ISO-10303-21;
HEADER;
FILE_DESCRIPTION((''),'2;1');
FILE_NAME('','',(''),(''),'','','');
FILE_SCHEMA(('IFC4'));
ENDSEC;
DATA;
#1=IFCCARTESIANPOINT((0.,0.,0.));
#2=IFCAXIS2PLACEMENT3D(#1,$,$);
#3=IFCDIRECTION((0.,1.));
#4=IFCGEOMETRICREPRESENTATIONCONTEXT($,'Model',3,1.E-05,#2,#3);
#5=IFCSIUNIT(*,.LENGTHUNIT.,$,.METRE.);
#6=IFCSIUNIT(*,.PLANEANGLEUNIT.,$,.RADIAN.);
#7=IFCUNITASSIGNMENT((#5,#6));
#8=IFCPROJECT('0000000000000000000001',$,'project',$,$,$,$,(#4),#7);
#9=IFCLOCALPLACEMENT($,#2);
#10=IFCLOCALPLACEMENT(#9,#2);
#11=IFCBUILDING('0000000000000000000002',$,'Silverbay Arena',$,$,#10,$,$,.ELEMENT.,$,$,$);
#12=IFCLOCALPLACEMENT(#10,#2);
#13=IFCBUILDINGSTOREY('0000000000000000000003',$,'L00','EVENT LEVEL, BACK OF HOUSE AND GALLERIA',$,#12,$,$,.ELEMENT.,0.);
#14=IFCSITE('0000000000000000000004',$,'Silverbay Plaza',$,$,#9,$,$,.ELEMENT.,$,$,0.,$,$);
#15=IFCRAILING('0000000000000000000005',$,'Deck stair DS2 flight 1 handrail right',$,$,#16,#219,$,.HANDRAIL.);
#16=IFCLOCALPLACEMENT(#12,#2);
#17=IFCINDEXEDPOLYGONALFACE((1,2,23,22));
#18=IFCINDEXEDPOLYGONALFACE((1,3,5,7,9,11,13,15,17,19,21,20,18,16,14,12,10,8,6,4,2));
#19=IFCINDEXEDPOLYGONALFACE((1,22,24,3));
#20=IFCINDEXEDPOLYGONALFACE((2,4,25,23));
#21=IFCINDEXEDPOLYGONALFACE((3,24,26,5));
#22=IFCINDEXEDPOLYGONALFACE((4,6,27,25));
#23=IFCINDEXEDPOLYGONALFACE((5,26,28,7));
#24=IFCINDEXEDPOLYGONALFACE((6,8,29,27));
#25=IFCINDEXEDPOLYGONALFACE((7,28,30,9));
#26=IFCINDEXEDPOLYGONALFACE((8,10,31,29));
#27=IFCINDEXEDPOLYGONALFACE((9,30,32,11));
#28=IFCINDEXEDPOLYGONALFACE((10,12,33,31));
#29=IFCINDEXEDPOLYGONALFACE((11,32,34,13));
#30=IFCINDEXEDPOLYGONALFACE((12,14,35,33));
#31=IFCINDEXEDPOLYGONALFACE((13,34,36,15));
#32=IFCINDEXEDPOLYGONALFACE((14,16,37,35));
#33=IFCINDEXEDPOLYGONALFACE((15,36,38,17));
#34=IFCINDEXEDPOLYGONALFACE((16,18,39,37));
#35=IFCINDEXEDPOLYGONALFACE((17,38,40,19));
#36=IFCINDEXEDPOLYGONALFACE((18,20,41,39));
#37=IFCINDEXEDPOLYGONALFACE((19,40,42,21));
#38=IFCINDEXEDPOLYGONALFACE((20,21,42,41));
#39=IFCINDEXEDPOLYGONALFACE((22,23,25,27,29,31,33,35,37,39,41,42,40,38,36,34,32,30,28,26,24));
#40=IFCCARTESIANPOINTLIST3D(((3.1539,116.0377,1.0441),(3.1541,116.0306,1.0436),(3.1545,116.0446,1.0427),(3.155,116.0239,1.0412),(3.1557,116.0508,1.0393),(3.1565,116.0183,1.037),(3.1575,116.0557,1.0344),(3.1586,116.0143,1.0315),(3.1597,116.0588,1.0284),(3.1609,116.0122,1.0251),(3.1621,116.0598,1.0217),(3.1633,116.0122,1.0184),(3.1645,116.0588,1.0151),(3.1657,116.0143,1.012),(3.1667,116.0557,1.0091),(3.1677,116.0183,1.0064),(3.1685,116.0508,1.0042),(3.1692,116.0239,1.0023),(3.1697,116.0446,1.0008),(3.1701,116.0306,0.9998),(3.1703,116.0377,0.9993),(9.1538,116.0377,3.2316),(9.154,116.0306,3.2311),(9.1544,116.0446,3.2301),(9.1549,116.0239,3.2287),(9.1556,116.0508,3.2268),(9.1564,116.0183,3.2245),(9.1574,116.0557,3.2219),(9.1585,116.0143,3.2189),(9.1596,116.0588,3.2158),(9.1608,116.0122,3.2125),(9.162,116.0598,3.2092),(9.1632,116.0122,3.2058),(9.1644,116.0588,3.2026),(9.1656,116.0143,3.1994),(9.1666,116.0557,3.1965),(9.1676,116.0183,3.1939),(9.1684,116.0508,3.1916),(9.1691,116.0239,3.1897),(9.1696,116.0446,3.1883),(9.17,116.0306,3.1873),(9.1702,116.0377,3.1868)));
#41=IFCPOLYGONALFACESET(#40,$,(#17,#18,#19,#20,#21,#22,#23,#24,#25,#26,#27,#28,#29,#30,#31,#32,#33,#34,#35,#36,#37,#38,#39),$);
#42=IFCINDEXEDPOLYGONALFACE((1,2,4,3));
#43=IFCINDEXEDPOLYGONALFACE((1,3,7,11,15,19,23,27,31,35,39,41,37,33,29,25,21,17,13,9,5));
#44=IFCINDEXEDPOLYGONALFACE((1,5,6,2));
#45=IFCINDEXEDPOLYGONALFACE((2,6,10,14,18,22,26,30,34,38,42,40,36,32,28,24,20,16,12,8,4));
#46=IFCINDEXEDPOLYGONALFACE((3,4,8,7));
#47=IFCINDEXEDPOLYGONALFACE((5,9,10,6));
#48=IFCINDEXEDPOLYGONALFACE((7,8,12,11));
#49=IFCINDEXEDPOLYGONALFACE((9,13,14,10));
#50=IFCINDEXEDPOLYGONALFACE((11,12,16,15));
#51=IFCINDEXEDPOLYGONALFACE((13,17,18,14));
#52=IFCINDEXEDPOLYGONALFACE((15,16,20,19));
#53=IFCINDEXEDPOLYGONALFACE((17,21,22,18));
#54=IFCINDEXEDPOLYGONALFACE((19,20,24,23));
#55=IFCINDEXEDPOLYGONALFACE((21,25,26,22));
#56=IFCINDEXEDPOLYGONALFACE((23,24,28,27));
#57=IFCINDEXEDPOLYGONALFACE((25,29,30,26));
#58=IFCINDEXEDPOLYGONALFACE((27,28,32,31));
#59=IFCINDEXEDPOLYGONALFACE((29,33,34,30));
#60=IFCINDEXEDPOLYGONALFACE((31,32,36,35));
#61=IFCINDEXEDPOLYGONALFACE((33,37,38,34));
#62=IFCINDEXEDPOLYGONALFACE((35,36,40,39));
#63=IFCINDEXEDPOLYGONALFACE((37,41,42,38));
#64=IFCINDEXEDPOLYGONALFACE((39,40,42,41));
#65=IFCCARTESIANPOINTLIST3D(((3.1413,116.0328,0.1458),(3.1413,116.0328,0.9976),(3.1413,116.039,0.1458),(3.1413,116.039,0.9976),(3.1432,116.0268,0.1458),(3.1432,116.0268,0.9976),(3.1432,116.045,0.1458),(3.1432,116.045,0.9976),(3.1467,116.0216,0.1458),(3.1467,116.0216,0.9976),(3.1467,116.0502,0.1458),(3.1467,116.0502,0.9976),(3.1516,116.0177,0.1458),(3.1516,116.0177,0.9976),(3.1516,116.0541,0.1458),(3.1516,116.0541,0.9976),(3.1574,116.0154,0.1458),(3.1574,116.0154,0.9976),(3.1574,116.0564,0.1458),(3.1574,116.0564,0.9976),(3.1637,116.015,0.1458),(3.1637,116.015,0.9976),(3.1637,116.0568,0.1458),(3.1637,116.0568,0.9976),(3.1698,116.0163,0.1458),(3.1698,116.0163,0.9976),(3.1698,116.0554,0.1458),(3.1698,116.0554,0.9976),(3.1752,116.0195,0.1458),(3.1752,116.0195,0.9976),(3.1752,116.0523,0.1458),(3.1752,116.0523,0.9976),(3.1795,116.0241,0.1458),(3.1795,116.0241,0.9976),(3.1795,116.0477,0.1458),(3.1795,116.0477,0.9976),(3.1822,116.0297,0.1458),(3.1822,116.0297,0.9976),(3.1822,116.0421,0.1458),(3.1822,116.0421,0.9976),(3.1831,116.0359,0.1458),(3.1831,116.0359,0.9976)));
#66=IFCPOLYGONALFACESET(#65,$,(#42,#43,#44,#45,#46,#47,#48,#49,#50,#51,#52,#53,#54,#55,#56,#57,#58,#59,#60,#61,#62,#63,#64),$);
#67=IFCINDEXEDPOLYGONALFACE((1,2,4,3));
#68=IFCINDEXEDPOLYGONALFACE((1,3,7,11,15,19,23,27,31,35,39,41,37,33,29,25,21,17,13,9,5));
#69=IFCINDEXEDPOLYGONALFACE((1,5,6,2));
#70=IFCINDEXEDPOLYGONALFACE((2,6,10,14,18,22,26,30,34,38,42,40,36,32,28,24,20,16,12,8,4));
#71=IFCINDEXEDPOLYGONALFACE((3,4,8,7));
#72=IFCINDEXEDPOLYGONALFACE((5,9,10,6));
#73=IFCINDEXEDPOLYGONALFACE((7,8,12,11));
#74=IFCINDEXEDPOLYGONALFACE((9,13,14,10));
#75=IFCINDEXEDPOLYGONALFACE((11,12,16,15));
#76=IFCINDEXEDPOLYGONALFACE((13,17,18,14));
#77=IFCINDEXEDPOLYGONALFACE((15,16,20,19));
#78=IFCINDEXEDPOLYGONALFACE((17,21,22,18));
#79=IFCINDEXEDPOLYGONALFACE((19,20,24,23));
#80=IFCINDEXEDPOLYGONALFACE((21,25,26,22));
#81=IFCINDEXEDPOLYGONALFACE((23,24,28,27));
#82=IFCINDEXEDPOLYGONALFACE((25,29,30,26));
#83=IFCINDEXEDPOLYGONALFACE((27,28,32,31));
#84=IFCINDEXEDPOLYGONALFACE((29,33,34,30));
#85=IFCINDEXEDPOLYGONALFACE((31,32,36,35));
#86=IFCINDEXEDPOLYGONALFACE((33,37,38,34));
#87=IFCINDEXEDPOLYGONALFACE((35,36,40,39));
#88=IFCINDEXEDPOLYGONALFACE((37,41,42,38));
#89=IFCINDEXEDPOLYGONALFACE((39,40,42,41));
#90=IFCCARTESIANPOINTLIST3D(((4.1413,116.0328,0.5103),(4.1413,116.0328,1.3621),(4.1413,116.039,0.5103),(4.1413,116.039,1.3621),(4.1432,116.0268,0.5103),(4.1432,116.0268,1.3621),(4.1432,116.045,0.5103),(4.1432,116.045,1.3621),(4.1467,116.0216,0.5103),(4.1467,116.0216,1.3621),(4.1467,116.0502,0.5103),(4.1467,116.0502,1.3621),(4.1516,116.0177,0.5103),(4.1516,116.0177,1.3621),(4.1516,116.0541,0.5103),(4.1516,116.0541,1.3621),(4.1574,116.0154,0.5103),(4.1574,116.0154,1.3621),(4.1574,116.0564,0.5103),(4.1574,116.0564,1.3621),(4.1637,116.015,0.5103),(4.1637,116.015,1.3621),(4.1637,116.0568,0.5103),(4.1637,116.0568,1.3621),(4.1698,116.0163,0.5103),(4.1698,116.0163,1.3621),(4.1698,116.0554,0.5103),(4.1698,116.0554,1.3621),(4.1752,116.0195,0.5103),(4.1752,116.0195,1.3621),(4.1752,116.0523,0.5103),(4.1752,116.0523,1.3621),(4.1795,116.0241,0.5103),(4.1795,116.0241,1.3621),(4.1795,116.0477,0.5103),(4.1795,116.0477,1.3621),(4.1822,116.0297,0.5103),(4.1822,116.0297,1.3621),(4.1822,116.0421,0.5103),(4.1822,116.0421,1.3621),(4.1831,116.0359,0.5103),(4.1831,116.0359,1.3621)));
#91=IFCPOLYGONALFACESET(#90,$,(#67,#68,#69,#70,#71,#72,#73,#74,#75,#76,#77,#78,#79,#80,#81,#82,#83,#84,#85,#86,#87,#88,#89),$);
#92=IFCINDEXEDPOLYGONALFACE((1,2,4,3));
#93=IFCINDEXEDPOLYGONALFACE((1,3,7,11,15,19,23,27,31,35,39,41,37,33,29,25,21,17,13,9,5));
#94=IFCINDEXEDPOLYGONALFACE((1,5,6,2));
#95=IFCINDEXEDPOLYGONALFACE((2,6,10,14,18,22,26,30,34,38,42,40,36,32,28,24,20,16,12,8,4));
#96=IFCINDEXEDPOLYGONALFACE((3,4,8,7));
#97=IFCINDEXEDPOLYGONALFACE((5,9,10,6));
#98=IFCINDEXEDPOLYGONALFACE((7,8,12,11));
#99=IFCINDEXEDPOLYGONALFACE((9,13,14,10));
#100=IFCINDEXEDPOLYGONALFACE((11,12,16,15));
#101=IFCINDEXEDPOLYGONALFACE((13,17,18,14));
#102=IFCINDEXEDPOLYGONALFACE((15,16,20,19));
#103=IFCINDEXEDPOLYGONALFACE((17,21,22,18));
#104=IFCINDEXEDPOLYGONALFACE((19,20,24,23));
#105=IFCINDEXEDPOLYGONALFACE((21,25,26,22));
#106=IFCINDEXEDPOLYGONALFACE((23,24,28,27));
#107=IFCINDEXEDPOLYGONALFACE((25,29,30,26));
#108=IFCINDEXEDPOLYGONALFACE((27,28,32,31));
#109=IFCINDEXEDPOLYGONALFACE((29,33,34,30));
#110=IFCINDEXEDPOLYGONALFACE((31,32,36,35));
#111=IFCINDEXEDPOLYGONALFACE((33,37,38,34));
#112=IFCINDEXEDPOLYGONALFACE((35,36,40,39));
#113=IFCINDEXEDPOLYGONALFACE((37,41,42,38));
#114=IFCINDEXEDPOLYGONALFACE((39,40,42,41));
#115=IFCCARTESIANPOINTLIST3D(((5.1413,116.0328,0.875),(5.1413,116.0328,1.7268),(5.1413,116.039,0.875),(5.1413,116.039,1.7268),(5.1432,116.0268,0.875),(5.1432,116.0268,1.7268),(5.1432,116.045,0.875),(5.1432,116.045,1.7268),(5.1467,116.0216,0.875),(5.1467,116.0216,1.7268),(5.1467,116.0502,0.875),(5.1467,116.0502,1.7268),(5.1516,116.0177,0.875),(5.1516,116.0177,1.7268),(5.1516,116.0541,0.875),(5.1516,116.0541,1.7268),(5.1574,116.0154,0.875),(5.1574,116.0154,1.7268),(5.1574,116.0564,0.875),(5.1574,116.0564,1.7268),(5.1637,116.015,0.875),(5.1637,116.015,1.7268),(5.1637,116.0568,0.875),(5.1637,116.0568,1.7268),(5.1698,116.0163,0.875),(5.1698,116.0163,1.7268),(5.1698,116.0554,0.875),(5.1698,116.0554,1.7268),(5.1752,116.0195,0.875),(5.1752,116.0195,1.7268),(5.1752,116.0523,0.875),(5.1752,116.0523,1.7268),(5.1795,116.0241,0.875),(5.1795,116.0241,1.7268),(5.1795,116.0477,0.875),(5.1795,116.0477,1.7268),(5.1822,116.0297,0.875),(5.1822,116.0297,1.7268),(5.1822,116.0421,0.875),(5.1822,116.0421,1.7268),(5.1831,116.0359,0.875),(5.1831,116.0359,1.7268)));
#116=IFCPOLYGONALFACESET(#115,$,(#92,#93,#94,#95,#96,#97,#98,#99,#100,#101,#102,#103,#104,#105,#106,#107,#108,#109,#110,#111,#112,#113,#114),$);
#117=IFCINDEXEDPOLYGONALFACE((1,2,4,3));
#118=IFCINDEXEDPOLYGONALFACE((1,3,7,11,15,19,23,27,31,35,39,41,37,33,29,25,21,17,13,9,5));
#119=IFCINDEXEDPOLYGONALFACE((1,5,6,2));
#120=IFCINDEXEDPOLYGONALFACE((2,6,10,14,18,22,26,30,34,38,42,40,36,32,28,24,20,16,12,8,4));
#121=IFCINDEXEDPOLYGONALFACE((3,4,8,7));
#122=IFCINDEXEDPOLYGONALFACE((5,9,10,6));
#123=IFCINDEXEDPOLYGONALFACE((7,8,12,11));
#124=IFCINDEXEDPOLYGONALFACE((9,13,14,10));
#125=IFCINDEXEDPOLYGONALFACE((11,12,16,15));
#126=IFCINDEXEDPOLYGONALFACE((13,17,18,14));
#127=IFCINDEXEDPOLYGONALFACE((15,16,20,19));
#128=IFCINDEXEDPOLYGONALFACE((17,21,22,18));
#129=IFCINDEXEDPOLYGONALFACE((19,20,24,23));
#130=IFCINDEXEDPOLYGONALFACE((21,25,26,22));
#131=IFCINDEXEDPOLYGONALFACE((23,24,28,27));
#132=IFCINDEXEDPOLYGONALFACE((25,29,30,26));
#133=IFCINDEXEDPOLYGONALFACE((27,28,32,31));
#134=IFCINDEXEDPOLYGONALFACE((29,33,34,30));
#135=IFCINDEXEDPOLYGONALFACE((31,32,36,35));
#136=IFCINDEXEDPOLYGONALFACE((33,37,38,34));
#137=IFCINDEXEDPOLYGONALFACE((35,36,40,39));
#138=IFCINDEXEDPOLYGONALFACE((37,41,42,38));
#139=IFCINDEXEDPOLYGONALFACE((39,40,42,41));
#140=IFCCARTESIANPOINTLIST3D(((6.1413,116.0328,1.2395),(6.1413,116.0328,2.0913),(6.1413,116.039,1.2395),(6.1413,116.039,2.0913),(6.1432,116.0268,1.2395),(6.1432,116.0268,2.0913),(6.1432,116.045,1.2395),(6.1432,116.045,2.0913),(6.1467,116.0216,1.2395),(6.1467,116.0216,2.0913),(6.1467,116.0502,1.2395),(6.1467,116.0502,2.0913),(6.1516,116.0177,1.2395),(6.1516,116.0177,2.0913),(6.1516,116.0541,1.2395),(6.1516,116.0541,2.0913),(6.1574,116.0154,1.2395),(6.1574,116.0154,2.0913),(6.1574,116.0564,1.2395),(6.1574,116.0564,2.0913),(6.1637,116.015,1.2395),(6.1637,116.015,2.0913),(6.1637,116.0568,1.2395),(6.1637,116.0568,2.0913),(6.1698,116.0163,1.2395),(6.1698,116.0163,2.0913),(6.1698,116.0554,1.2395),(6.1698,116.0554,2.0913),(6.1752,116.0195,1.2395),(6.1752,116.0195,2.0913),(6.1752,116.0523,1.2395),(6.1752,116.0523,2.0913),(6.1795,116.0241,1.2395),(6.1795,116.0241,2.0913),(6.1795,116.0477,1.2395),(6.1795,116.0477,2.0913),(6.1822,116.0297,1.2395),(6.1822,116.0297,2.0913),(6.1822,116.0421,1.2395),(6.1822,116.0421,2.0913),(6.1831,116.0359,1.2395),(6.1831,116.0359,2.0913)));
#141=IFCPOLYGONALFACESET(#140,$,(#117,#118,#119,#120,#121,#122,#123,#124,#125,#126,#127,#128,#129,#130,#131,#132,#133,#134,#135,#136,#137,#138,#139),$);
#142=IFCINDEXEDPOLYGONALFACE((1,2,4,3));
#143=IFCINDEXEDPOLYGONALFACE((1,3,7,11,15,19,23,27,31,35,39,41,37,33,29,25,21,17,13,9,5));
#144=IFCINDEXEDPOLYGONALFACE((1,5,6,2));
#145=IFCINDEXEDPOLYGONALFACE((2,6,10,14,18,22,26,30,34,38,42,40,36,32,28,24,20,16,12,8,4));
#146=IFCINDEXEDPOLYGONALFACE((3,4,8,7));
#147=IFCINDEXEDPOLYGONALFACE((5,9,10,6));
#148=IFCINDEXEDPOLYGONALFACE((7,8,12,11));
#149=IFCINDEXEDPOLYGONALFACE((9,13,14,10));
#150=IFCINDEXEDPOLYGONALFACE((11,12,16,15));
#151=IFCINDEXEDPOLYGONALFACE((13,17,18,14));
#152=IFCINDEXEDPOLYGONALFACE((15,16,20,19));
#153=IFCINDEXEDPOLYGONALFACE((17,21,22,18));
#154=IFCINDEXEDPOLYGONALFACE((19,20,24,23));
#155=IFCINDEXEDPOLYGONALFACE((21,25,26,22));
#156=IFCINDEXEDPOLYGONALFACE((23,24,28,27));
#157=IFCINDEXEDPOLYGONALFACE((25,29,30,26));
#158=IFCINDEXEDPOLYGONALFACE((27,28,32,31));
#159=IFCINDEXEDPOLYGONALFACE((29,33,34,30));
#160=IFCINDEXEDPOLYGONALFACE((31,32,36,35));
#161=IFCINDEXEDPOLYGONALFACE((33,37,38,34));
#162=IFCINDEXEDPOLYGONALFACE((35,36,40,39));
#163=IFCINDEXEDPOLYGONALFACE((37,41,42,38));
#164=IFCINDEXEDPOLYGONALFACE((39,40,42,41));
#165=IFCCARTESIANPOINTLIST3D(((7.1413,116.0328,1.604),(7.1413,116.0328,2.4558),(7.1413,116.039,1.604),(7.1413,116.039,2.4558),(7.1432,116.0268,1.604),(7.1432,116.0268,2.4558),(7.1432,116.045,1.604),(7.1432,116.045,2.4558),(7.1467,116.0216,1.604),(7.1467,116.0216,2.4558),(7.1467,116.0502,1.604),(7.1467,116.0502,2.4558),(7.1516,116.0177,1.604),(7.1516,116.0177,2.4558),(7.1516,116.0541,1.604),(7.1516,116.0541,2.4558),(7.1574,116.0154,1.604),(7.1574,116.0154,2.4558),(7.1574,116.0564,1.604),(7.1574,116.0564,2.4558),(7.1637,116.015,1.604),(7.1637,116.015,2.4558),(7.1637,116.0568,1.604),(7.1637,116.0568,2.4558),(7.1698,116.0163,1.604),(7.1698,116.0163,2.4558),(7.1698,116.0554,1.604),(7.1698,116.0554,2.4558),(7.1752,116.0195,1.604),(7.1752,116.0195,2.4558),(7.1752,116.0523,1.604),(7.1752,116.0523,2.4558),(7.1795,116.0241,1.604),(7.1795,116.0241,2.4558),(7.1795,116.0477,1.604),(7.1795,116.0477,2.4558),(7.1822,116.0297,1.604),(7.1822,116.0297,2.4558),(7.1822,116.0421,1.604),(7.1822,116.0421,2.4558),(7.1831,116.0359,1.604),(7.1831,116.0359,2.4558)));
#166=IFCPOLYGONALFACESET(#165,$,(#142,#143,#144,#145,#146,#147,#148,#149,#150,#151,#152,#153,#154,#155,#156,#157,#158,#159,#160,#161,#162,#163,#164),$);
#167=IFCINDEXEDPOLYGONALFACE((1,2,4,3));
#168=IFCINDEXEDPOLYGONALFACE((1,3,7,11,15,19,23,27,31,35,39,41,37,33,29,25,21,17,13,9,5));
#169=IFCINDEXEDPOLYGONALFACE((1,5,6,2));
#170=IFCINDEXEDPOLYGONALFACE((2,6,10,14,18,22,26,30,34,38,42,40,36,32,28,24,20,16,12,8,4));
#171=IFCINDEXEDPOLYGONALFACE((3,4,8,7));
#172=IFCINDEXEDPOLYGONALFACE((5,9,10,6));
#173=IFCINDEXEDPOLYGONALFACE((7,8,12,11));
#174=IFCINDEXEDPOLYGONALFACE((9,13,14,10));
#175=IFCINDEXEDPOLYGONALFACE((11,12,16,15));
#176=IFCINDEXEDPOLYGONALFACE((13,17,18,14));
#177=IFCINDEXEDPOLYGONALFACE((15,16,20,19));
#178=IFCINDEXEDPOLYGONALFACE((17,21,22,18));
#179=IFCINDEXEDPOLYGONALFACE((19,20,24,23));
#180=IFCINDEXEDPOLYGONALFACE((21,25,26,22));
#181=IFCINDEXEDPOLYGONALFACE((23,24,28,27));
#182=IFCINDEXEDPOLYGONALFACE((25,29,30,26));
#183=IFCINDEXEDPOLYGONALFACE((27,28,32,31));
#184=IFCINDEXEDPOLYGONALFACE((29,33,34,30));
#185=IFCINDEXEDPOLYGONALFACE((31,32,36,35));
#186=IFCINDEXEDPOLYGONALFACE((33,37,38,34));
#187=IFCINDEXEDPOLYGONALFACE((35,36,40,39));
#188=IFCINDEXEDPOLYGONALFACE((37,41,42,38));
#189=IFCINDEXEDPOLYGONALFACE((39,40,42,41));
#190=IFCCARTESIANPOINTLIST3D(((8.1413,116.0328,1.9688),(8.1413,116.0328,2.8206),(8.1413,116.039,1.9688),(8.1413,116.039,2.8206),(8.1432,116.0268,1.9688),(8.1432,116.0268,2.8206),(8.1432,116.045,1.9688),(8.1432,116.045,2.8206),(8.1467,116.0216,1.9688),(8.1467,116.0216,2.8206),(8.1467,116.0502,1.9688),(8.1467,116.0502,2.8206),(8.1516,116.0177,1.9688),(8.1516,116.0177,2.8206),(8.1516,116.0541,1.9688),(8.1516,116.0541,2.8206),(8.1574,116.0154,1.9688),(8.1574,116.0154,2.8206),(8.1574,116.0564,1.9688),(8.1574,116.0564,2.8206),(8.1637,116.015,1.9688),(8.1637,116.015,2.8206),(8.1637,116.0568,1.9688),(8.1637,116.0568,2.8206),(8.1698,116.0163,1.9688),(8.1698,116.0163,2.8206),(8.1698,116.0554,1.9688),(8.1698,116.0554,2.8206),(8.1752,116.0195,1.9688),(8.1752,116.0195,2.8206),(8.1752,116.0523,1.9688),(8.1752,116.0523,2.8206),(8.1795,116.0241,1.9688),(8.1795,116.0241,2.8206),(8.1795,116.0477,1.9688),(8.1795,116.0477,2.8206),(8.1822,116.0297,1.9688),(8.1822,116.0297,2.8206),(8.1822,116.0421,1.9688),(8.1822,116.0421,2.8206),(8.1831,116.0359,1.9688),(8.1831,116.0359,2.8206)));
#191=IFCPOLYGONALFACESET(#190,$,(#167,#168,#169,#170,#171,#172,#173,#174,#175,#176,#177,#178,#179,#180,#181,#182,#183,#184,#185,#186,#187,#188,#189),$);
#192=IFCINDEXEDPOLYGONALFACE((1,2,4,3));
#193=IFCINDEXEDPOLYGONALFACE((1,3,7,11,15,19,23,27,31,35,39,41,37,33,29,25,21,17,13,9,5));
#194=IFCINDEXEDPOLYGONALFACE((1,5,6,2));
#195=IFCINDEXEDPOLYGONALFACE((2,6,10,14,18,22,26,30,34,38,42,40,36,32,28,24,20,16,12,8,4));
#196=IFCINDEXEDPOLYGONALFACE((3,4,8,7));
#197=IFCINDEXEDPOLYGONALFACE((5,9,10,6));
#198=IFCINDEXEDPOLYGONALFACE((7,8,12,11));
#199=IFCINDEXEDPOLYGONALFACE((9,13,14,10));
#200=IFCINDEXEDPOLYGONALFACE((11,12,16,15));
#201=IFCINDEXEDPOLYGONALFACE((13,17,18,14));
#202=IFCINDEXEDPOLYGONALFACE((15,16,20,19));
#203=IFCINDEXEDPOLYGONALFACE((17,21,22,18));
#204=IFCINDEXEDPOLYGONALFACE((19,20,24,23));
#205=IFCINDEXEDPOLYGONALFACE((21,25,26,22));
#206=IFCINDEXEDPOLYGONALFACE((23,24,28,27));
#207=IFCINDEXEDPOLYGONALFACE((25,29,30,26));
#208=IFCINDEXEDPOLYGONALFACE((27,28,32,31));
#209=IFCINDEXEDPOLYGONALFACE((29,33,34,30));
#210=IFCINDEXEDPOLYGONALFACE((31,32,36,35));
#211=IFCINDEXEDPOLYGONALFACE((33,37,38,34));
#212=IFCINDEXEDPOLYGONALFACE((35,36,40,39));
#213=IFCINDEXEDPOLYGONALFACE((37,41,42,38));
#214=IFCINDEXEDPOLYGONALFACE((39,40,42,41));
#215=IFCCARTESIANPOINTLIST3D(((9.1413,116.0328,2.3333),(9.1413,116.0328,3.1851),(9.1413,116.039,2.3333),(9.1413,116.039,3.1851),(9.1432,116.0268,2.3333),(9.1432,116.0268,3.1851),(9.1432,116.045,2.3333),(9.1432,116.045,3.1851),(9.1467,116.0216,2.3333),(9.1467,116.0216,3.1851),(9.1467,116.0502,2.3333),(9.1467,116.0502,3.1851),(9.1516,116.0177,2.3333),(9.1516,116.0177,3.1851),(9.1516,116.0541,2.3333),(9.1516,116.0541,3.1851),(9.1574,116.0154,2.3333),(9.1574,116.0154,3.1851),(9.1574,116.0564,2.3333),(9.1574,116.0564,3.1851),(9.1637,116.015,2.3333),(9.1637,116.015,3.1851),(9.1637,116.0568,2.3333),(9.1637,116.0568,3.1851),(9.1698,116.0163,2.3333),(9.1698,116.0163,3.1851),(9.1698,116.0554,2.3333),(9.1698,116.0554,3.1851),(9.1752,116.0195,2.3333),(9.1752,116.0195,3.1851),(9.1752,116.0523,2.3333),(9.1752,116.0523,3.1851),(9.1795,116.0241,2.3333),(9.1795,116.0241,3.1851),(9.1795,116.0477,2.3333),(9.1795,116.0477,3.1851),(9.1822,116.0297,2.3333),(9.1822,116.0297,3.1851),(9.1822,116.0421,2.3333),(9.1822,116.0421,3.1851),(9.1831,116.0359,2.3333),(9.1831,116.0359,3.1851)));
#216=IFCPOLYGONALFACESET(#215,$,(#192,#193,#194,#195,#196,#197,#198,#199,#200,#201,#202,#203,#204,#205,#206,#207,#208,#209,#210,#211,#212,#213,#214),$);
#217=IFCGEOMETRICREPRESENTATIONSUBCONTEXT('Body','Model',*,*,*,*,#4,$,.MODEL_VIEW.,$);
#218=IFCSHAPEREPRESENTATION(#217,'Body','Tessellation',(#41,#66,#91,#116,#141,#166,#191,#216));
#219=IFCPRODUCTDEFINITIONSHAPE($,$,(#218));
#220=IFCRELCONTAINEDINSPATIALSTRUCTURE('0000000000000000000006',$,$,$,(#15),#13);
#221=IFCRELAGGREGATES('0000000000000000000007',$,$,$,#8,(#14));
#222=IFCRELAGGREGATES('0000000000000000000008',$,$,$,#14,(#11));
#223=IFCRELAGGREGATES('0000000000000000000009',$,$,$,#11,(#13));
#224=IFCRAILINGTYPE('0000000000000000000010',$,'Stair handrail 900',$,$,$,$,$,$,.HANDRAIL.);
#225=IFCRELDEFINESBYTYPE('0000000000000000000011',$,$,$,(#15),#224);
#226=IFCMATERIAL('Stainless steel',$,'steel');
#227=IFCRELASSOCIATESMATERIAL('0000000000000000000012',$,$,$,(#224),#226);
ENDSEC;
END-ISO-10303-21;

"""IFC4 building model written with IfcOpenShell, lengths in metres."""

from ifc_helpers import new_model, si_unit, direction, frame, origin, origin_2d, place, context, subcontext, project, spatial, circle, extrude, material, type_object, element, save


model = new_model("IFC4")

# Units and contexts
model_context = context("Model", 3, precision=1e-05, world=origin(), true_north=direction((0.0, 1.0)))
body_context = subcontext(model_context, "Body", "Model", "MODEL_VIEW")
ifc_project = project(units=[si_unit("LENGTHUNIT", "METRE"), si_unit("PLANEANGLEUNIT", "RADIAN")], contexts=[model_context])

# Site, building, storey
site_placement = place(None, origin())
site = spatial("IfcSite", under=ifc_project, at=site_placement, Name="Silverbay Plaza", CompositionType="ELEMENT", RefElevation=0.0)
building_placement = place(site_placement, origin())
building = spatial("IfcBuilding", under=site, at=building_placement, Name="Silverbay Arena", CompositionType="ELEMENT")
storey_placement = place(building_placement, origin())
storey = spatial("IfcBuildingStorey", under=building, at=storey_placement, Name="L00", Description="EVENT LEVEL, BACK OF HOUSE AND GALLERIA", CompositionType="ELEMENT", Elevation=0.0)

# Railing
ifc_material_1 = material(Name="Stainless steel", Category="steel")
railing_type_1 = type_object("IfcRailingType", Name="Stair handrail 900", PredefinedType="HANDRAIL", material=ifc_material_1)
for number, where, name in (
    (1, (3.1621, 116.0359, 0.1458), "Deck stair DS2 flight 1 handrail right"),
):
    element("IfcRailing", number, at=place(storey_placement, frame(where)), inside=storey, type_object=railing_type_1, Name=name, PredefinedType="HANDRAIL", context=body_context, shape_type="SweptSolid", body=[
        extrude(circle(Radius=0.0239, at=origin_2d()), frame((0.0, 0.0, 0.876), z_axis=(0.939507, 0.0, 0.342529), x_axis=(0.0, 1.0, 0.0)), (0.0, 0.0, 1.0), 6.3862),
        extrude(circle(Radius=0.021, at=origin_2d()), origin(), (0.0, 0.0, 1.0), 0.8518),
        extrude(circle(Radius=0.021, at=origin_2d()), frame((1.0, 0.0, 0.3645)), (0.0, 0.0, 1.0), 0.8518),
        extrude(circle(Radius=0.021, at=origin_2d()), frame((2.0, 0.0, 0.7292)), (0.0, 0.0, 1.0), 0.8518),
        extrude(circle(Radius=0.021, at=origin_2d()), frame((3.0, 0.0, 1.0938)), (0.0, 0.0, 1.0), 0.8518),
        extrude(circle(Radius=0.021, at=origin_2d()), frame((4.0, 0.0, 1.4583)), (0.0, 0.0, 1.0), 0.8518),
        extrude(circle(Radius=0.021, at=origin_2d()), frame((5.0, 0.0, 1.823)), (0.0, 0.0, 1.0), 0.8518),
        extrude(circle(Radius=0.021, at=origin_2d()), frame((6.0, 0.0, 2.1875)), (0.0, 0.0, 1.0), 0.8518),
    ])

save(model, "model.ifc")
